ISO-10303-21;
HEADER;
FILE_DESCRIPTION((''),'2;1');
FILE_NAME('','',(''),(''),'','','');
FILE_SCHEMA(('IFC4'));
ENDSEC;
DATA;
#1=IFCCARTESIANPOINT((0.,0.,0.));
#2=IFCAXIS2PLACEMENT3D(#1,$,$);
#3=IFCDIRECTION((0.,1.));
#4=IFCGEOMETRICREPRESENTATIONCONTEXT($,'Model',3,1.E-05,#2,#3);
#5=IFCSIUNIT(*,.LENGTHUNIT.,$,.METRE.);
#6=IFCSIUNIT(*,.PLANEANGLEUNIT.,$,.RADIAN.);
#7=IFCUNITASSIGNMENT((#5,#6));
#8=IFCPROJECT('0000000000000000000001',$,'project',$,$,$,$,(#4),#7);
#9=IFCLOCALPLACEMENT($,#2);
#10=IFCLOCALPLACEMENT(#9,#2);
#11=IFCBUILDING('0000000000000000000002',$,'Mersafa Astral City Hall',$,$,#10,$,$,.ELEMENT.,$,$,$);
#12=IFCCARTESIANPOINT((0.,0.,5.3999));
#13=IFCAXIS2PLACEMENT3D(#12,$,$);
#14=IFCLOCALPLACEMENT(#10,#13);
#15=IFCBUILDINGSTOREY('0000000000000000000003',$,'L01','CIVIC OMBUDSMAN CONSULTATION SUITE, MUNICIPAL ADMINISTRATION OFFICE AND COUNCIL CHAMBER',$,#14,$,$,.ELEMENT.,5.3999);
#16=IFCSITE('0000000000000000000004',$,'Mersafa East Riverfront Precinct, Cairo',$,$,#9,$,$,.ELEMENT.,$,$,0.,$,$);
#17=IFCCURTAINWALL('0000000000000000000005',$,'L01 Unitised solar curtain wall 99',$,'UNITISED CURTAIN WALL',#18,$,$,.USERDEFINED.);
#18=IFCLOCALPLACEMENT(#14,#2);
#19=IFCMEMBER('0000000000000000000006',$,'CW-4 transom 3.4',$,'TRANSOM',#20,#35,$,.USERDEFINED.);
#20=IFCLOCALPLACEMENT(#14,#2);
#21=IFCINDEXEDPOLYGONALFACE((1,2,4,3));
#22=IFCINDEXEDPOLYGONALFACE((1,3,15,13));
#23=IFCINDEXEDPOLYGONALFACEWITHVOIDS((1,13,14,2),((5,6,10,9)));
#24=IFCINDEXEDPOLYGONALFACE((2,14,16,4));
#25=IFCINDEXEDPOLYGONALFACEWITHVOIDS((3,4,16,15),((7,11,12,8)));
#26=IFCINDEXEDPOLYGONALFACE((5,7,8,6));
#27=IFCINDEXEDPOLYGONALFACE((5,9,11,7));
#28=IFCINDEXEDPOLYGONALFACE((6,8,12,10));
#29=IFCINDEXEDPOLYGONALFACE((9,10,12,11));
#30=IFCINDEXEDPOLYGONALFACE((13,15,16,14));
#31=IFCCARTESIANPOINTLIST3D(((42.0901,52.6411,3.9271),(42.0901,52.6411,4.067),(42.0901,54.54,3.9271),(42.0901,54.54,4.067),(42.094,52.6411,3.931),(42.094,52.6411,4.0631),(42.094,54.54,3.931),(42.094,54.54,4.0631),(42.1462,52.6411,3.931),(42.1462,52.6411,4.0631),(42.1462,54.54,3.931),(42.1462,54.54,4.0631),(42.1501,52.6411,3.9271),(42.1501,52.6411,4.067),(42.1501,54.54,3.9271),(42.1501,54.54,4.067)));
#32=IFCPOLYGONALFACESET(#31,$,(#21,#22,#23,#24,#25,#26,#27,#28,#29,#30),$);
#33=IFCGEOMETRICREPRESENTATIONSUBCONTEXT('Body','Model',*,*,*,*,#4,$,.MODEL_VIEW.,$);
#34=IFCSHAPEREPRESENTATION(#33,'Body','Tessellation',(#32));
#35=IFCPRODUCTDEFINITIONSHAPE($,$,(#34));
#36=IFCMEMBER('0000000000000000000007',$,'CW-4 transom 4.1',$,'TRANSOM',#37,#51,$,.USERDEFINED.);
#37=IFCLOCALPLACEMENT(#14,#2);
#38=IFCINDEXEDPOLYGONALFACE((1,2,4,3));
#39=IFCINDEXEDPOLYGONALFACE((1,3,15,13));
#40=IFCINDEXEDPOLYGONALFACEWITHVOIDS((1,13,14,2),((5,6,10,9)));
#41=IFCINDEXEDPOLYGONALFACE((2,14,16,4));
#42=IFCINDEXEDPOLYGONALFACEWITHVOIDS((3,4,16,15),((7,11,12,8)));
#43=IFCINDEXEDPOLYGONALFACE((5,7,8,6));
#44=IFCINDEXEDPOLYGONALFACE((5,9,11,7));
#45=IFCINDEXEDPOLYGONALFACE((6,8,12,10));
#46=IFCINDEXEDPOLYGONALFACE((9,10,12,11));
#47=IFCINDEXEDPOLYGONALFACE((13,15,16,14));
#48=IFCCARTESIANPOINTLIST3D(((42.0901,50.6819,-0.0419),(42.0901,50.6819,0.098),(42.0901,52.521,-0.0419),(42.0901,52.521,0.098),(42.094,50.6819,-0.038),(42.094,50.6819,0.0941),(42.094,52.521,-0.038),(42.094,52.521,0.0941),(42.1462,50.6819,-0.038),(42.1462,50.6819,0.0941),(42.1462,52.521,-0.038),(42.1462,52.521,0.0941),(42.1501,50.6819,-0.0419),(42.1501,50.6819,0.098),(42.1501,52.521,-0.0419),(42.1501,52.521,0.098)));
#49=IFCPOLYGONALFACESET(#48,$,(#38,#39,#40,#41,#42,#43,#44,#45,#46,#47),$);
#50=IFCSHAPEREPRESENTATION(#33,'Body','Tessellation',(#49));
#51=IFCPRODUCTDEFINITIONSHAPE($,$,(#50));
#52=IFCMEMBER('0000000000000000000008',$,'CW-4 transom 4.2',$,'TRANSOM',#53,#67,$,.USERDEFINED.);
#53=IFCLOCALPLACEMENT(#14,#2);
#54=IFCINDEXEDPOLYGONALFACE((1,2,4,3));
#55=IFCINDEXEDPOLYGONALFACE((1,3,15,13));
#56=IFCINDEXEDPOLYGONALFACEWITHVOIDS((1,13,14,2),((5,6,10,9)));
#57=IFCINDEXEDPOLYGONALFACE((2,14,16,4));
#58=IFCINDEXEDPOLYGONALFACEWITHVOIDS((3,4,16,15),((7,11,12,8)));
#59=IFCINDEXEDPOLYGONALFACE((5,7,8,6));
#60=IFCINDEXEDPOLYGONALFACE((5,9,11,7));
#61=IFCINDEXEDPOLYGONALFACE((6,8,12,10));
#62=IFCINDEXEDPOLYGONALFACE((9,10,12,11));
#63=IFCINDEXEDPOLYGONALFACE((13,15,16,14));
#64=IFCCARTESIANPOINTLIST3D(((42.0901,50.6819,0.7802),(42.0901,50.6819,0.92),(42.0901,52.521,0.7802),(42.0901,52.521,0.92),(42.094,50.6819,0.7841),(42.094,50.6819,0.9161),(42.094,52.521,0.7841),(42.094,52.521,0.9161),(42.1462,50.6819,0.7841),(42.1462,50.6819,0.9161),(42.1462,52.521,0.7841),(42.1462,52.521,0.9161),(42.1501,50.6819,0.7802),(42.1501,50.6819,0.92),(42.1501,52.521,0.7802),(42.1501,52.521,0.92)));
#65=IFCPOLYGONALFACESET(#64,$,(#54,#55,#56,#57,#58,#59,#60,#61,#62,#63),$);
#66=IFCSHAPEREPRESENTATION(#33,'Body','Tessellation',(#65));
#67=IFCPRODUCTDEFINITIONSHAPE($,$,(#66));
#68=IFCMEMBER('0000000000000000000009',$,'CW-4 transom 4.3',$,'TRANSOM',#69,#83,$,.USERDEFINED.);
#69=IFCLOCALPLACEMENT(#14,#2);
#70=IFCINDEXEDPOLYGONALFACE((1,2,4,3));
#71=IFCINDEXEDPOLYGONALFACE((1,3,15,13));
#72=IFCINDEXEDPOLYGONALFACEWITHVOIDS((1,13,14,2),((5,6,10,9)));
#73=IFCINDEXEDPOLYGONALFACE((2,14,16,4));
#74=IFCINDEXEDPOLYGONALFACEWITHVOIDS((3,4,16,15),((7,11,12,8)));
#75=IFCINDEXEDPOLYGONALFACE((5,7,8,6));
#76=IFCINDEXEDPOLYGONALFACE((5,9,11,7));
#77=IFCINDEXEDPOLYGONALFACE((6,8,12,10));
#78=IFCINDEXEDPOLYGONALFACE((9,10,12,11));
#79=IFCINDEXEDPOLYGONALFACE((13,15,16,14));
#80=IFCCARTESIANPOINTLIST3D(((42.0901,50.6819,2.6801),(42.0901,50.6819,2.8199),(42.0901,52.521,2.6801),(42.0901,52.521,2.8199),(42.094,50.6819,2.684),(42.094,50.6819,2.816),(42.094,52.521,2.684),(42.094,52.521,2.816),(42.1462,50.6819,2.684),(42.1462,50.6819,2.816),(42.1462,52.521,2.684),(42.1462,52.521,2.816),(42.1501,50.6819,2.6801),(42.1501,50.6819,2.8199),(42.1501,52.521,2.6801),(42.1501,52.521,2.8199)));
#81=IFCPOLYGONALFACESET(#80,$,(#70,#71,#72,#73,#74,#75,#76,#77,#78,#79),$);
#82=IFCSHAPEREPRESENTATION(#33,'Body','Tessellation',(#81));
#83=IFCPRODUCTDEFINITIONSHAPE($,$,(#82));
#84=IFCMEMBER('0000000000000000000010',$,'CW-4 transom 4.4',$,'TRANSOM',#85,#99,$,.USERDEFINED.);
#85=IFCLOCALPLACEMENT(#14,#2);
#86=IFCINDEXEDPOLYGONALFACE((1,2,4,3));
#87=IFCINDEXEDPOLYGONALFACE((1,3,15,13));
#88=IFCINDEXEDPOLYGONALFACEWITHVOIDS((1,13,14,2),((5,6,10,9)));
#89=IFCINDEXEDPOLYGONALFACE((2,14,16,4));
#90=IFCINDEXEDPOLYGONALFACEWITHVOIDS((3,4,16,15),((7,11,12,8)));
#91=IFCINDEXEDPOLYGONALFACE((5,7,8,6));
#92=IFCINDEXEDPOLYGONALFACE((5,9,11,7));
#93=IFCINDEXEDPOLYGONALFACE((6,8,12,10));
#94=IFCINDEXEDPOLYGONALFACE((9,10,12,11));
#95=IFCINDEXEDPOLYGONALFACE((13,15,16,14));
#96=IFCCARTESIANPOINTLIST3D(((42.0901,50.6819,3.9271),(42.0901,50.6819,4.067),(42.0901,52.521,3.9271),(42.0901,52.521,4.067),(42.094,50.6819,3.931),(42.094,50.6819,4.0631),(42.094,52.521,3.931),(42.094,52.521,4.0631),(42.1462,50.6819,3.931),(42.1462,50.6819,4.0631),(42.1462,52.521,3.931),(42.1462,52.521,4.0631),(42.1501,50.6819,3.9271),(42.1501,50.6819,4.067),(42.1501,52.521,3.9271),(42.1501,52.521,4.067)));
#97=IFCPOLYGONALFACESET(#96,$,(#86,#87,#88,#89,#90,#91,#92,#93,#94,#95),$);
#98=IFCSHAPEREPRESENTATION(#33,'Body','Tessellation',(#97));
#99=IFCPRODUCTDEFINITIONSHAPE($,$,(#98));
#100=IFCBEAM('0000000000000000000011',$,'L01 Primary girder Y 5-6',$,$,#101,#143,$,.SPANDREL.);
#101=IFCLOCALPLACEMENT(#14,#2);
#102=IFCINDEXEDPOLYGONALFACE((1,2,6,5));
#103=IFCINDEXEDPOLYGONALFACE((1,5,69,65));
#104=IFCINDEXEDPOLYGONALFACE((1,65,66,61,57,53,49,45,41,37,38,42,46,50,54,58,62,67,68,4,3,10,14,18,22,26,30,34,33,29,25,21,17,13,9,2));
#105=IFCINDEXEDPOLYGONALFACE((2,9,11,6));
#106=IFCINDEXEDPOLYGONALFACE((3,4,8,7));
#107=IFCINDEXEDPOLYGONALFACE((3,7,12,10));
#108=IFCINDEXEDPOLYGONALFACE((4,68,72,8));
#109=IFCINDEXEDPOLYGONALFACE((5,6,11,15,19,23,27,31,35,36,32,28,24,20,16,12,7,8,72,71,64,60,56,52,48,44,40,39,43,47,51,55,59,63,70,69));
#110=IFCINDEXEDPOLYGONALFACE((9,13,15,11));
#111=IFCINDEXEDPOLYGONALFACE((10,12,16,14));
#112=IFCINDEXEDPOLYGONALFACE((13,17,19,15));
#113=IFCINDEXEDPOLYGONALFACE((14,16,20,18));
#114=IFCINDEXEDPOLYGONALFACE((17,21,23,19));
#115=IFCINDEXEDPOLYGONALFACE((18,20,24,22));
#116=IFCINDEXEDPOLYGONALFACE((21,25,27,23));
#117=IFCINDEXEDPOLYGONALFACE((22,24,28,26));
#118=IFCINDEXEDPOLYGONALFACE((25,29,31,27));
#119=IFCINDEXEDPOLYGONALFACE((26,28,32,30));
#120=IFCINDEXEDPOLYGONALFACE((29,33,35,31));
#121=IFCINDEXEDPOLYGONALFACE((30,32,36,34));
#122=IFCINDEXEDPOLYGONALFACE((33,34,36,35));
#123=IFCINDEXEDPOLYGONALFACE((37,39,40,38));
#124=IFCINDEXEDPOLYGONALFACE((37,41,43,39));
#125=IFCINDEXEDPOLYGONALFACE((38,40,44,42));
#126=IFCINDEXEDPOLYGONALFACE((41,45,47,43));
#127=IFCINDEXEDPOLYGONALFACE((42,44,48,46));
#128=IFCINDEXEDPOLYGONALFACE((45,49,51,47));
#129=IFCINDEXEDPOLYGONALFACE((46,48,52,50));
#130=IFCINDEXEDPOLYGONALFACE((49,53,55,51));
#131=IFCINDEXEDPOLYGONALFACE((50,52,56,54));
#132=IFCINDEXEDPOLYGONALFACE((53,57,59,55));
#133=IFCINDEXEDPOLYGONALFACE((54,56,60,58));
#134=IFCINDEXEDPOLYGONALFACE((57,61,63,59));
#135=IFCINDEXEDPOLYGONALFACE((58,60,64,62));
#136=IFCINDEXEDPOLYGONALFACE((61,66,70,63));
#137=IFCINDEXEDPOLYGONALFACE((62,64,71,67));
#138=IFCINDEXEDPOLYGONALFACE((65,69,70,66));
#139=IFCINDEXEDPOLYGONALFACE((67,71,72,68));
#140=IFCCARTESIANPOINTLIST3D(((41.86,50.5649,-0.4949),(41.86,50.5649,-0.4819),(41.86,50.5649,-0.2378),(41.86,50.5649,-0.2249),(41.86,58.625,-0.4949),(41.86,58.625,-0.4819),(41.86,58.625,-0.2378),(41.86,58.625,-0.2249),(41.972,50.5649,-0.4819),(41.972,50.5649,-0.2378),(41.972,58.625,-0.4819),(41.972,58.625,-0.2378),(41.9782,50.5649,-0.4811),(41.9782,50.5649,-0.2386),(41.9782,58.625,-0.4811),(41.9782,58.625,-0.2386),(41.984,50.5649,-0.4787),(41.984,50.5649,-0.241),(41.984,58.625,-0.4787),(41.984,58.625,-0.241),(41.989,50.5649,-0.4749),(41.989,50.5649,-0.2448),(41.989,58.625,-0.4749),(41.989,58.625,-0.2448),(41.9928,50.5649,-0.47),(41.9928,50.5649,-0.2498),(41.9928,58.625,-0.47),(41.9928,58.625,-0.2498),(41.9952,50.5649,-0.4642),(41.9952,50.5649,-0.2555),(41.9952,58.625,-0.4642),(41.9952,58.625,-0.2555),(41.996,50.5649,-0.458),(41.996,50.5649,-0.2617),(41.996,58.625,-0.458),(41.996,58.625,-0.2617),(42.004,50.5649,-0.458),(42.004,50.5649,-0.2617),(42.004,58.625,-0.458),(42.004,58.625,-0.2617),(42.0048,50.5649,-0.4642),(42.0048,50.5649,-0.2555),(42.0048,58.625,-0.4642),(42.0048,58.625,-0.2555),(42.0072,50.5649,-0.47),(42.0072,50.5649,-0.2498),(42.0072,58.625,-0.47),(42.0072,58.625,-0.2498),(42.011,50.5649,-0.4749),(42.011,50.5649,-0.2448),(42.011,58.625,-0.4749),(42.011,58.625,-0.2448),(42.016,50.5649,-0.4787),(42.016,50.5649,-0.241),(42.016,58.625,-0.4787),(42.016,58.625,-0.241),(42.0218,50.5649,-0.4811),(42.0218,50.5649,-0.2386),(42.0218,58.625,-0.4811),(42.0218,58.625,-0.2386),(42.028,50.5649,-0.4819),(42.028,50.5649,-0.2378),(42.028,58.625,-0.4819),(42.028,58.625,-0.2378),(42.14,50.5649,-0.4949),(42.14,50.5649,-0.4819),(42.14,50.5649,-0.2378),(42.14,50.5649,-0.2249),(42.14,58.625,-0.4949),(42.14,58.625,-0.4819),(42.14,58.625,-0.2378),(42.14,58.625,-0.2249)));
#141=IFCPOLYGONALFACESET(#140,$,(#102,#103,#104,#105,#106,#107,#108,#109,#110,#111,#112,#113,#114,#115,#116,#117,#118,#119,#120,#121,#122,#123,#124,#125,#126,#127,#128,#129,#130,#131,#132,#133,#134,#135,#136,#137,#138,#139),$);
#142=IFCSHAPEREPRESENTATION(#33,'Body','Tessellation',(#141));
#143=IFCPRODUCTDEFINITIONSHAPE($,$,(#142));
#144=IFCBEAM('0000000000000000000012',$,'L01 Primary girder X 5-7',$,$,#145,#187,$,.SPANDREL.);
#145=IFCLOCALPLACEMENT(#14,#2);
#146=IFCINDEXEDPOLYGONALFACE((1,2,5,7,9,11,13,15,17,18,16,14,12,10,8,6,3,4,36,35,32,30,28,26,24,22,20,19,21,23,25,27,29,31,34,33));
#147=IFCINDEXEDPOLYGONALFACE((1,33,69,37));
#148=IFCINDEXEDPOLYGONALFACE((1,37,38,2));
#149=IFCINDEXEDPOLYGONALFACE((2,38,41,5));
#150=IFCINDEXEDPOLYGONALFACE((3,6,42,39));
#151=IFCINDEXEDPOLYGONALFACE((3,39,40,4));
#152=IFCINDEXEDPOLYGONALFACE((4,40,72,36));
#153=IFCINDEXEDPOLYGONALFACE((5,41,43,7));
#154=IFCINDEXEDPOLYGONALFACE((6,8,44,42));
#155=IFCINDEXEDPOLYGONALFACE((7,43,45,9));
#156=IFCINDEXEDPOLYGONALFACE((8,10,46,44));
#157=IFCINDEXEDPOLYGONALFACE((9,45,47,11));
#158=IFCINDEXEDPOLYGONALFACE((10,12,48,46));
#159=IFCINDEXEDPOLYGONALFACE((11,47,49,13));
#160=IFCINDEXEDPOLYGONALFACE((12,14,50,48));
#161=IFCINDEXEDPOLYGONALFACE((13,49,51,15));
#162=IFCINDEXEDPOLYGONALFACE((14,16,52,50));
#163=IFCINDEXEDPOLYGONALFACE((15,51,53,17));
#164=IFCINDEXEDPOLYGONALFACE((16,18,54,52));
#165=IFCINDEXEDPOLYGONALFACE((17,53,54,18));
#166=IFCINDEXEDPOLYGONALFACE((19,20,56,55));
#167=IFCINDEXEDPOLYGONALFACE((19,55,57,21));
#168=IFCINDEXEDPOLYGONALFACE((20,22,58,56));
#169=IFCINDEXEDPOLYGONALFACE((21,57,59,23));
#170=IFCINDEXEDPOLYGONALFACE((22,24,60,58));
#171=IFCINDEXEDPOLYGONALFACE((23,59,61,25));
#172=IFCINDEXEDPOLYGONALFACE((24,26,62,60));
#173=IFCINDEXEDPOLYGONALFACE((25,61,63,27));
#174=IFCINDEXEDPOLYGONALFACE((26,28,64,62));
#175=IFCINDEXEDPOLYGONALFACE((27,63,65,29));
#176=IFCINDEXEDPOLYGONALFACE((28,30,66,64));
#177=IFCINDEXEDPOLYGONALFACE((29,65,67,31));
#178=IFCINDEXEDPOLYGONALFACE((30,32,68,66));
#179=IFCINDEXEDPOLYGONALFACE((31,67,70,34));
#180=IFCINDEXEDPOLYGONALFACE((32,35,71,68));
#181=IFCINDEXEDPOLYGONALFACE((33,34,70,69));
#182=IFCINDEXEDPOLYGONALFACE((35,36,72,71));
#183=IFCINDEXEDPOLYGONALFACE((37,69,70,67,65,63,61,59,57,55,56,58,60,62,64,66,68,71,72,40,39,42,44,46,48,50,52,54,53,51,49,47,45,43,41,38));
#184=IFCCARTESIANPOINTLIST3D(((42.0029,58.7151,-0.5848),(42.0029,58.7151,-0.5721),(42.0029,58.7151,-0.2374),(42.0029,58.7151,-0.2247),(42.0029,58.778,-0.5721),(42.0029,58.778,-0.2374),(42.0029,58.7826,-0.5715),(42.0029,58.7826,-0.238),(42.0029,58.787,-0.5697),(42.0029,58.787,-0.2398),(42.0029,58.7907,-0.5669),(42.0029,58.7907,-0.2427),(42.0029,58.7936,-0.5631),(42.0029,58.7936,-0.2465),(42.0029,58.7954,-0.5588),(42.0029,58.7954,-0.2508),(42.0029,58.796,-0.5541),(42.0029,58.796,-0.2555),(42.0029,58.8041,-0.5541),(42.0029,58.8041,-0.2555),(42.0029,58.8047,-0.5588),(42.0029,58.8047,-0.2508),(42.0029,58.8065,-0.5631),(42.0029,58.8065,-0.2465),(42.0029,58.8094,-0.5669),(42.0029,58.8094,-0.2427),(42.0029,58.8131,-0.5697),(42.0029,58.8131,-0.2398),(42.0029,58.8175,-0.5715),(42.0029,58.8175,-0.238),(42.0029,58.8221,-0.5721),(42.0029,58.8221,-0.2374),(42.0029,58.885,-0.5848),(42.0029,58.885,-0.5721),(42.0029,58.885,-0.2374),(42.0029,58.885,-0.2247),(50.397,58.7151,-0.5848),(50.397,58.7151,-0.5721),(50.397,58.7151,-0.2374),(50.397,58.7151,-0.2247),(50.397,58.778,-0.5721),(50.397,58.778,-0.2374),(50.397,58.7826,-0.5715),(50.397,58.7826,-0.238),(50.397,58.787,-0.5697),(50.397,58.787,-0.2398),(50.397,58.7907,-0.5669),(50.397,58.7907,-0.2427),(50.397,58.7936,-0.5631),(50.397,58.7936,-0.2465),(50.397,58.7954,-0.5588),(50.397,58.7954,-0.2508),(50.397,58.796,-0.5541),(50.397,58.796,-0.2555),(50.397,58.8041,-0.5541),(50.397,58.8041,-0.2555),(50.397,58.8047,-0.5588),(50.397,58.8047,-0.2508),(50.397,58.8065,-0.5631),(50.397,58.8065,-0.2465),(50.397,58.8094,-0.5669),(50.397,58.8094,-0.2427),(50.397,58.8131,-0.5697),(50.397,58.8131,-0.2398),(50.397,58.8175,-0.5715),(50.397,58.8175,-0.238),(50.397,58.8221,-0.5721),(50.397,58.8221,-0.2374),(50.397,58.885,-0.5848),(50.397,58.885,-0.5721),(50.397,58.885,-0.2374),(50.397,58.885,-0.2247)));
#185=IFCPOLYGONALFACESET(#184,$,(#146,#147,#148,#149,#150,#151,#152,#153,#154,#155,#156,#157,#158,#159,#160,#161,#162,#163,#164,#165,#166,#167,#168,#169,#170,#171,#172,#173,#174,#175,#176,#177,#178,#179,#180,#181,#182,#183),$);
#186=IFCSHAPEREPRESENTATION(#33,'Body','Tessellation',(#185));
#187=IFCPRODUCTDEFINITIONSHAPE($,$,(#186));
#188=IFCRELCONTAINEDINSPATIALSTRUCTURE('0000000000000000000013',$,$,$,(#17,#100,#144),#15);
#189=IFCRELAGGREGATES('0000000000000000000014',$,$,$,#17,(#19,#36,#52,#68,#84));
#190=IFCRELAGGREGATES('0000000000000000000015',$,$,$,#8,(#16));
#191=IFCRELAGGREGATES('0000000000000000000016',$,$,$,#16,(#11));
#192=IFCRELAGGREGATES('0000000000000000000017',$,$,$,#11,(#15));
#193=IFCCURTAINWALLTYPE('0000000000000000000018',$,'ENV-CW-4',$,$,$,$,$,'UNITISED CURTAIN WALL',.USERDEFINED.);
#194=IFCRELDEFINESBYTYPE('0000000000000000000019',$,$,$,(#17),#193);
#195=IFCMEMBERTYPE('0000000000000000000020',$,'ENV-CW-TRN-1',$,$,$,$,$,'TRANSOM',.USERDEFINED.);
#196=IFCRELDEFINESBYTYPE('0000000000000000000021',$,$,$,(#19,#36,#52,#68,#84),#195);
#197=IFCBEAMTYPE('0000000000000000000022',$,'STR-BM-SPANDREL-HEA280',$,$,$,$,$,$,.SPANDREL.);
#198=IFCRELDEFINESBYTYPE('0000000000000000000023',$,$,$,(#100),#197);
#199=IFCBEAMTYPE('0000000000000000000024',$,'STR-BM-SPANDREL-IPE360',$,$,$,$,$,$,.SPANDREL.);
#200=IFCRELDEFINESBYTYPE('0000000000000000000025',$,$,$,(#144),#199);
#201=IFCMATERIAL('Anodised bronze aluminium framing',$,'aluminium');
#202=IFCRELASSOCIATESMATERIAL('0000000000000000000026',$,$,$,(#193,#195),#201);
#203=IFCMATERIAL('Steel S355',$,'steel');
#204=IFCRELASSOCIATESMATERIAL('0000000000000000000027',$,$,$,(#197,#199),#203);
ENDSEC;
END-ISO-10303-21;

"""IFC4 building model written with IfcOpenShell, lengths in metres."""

from ifc_helpers import new_model, si_unit, direction, frame, origin, origin_2d, place, context, subcontext, project, spatial, hollow_rectangle, i_section, extrude, material, material_profile, profile_set, type_object, element, aggregate, save


model = new_model("IFC4")

# Units and contexts
model_context = context("Model", 3, precision=1e-05, world=origin(), true_north=direction((0.0, 1.0)))
body_context = subcontext(model_context, "Body", "Model", "MODEL_VIEW")
ifc_project = project(units=[si_unit("LENGTHUNIT", "METRE"), si_unit("PLANEANGLEUNIT", "RADIAN")], contexts=[model_context])

# Site, building, storey
site_placement = place(None, origin())
site = spatial("IfcSite", under=ifc_project, at=site_placement, Name="Mersafa East Riverfront Precinct, Cairo", CompositionType="ELEMENT", RefElevation=0.0)
building_placement = place(site_placement, origin())
building = spatial("IfcBuilding", under=site, at=building_placement, Name="Mersafa Astral City Hall", CompositionType="ELEMENT")
storey_placement = place(building_placement, frame((0.0, 0.0, 5.3999)))
storey = spatial("IfcBuildingStorey", under=building, at=storey_placement, Name="L01", Description="CIVIC OMBUDSMAN CONSULTATION SUITE, MUNICIPAL ADMINISTRATION OFFICE AND COUNCIL CHAMBER", CompositionType="ELEMENT", Elevation=5.3999)

# Shared definitions
ifc_material_1 = material(Name="Steel S355", Category="steel")

# Curtain wall, members
ifc_material_2 = material(Name="Anodised bronze aluminium framing", Category="aluminium")
curtain_wall_type = type_object("IfcCurtainWallType", Name="ENV-CW-4", ElementType="UNITISED CURTAIN WALL", PredefinedType="USERDEFINED", material=ifc_material_2)
curtain_wall_placement = place(storey_placement, origin())
curtain_wall = element("IfcCurtainWall", 1, at=curtain_wall_placement, inside=storey, type_object=curtain_wall_type, Name="L01 Unitised solar curtain wall 99", ObjectType="UNITISED CURTAIN WALL", PredefinedType="USERDEFINED")
ifc_material_profile_1 = material_profile(ifc_material_2, hollow_rectangle(XDim=0.0601, YDim=0.1399, WallThickness=0.0039, at=origin_2d()), Name="RHS 60x140x4")
ifc_profile_set_1 = profile_set([ifc_material_profile_1], Name="Anodised bronze aluminium framing")
member_type_1 = type_object("IfcMemberType", Name="ENV-CW-TRN-1", ElementType="TRANSOM", PredefinedType="USERDEFINED", material=ifc_profile_set_1)
member_1_placement = place(storey_placement, frame((42.1201, 54.54, 3.9971), z_axis=(0.0, -1.0, 0.0), x_axis=(1.0, 0.0, 0.0)))
member_1 = element("IfcMember", 2, at=member_1_placement, type_object=member_type_1, Name="CW-4 transom 3.4", ObjectType="TRANSOM", PredefinedType="USERDEFINED", context=body_context, shape_type="SweptSolid", body=[
    extrude(hollow_rectangle(XDim=0.0601, YDim=0.1399, WallThickness=0.0039, at=origin_2d()), origin(), (0.0, 0.0, 1.0), 1.8989),
])
member_2_placement = place(storey_placement, frame((42.1201, 52.521, 0.0281), z_axis=(0.0, -1.0, 0.0), x_axis=(1.0, 0.0, 0.0)))
member_2 = element("IfcMember", 3, at=member_2_placement, type_object=member_type_1, Name="CW-4 transom 4.1", ObjectType="TRANSOM", PredefinedType="USERDEFINED", context=body_context, shape_type="SweptSolid", body=[
    extrude(hollow_rectangle(XDim=0.0601, YDim=0.1399, WallThickness=0.0039, at=origin_2d()), origin(), (0.0, 0.0, 1.0), 1.8391),
])
member_3_placement = place(storey_placement, frame((42.1201, 52.521, 0.8501), z_axis=(0.0, -1.0, 0.0), x_axis=(1.0, 0.0, 0.0)))
member_3 = element("IfcMember", 4, at=member_3_placement, type_object=member_type_1, Name="CW-4 transom 4.2", ObjectType="TRANSOM", PredefinedType="USERDEFINED", context=body_context, shape_type="SweptSolid", body=[
    extrude(hollow_rectangle(XDim=0.0601, YDim=0.1399, WallThickness=0.0039, at=origin_2d()), origin(), (0.0, 0.0, 1.0), 1.8391),
])
member_4_placement = place(storey_placement, frame((42.1201, 52.521, 2.75), z_axis=(0.0, -1.0, 0.0), x_axis=(1.0, 0.0, 0.0)))
member_4 = element("IfcMember", 5, at=member_4_placement, type_object=member_type_1, Name="CW-4 transom 4.3", ObjectType="TRANSOM", PredefinedType="USERDEFINED", context=body_context, shape_type="SweptSolid", body=[
    extrude(hollow_rectangle(XDim=0.0601, YDim=0.1399, WallThickness=0.0039, at=origin_2d()), origin(), (0.0, 0.0, 1.0), 1.8391),
])
member_5_placement = place(storey_placement, frame((42.1201, 52.521, 3.9971), z_axis=(0.0, -1.0, 0.0), x_axis=(1.0, 0.0, 0.0)))
member_5 = element("IfcMember", 6, at=member_5_placement, type_object=member_type_1, Name="CW-4 transom 4.4", ObjectType="TRANSOM", PredefinedType="USERDEFINED", context=body_context, shape_type="SweptSolid", body=[
    extrude(hollow_rectangle(XDim=0.0601, YDim=0.1399, WallThickness=0.0039, at=origin_2d()), origin(), (0.0, 0.0, 1.0), 1.8391),
])

# Beams
ifc_material_profile_2 = material_profile(ifc_material_1, i_section(OverallWidth=0.28, OverallDepth=0.27, WebThickness=0.0081, FlangeThickness=0.0129, FilletRadius=0.0239, at=origin_2d()), Name="HEA 280")
ifc_profile_set_2 = profile_set([ifc_material_profile_2], Name="Steel S355")
beam_type_1 = type_object("IfcBeamType", Name="STR-BM-SPANDREL-HEA280", PredefinedType="SPANDREL", material=ifc_profile_set_2)
beam_1_placement = place(storey_placement, frame((42.0, 50.5649, -0.3599), z_axis=(0.0, 1.0, 0.0), x_axis=(-1.0, 0.0, 0.0)))
element("IfcBeam", 7, at=beam_1_placement, inside=storey, type_object=beam_type_1, Name="L01 Primary girder Y 5-6", PredefinedType="SPANDREL", context=body_context, shape_type="SweptSolid", body=[
    extrude(i_section(OverallWidth=0.28, OverallDepth=0.27, WebThickness=0.0081, FlangeThickness=0.0129, FilletRadius=0.0239, at=origin_2d()), origin(), (0.0, 0.0, 1.0), 8.0601),
])
ifc_material_profile_3 = material_profile(ifc_material_1, i_section(OverallWidth=0.1699, OverallDepth=0.3601, WebThickness=0.0081, FlangeThickness=0.0127, FilletRadius=0.0181, at=origin_2d()), Name="IPE 360")
ifc_profile_set_3 = profile_set([ifc_material_profile_3], Name="Steel S355")
beam_type_2 = type_object("IfcBeamType", Name="STR-BM-SPANDREL-IPE360", PredefinedType="SPANDREL", material=ifc_profile_set_3)
beam_2_placement = place(storey_placement, frame((42.0029, 58.8, -0.4048), z_axis=(1.0, 0.0, 0.0), x_axis=(0.0, 1.0, 0.0)))
element("IfcBeam", 8, at=beam_2_placement, inside=storey, type_object=beam_type_2, Name="L01 Primary girder X 5-7", PredefinedType="SPANDREL", context=body_context, shape_type="SweptSolid", body=[
    extrude(i_section(OverallWidth=0.1699, OverallDepth=0.3601, WebThickness=0.0081, FlangeThickness=0.0127, FilletRadius=0.0181, at=origin_2d()), origin(), (0.0, 0.0, 1.0), 8.394),
])

aggregate(curtain_wall, [member_1, member_2, member_3, member_4, member_5])

save(model, "model.ifc")
